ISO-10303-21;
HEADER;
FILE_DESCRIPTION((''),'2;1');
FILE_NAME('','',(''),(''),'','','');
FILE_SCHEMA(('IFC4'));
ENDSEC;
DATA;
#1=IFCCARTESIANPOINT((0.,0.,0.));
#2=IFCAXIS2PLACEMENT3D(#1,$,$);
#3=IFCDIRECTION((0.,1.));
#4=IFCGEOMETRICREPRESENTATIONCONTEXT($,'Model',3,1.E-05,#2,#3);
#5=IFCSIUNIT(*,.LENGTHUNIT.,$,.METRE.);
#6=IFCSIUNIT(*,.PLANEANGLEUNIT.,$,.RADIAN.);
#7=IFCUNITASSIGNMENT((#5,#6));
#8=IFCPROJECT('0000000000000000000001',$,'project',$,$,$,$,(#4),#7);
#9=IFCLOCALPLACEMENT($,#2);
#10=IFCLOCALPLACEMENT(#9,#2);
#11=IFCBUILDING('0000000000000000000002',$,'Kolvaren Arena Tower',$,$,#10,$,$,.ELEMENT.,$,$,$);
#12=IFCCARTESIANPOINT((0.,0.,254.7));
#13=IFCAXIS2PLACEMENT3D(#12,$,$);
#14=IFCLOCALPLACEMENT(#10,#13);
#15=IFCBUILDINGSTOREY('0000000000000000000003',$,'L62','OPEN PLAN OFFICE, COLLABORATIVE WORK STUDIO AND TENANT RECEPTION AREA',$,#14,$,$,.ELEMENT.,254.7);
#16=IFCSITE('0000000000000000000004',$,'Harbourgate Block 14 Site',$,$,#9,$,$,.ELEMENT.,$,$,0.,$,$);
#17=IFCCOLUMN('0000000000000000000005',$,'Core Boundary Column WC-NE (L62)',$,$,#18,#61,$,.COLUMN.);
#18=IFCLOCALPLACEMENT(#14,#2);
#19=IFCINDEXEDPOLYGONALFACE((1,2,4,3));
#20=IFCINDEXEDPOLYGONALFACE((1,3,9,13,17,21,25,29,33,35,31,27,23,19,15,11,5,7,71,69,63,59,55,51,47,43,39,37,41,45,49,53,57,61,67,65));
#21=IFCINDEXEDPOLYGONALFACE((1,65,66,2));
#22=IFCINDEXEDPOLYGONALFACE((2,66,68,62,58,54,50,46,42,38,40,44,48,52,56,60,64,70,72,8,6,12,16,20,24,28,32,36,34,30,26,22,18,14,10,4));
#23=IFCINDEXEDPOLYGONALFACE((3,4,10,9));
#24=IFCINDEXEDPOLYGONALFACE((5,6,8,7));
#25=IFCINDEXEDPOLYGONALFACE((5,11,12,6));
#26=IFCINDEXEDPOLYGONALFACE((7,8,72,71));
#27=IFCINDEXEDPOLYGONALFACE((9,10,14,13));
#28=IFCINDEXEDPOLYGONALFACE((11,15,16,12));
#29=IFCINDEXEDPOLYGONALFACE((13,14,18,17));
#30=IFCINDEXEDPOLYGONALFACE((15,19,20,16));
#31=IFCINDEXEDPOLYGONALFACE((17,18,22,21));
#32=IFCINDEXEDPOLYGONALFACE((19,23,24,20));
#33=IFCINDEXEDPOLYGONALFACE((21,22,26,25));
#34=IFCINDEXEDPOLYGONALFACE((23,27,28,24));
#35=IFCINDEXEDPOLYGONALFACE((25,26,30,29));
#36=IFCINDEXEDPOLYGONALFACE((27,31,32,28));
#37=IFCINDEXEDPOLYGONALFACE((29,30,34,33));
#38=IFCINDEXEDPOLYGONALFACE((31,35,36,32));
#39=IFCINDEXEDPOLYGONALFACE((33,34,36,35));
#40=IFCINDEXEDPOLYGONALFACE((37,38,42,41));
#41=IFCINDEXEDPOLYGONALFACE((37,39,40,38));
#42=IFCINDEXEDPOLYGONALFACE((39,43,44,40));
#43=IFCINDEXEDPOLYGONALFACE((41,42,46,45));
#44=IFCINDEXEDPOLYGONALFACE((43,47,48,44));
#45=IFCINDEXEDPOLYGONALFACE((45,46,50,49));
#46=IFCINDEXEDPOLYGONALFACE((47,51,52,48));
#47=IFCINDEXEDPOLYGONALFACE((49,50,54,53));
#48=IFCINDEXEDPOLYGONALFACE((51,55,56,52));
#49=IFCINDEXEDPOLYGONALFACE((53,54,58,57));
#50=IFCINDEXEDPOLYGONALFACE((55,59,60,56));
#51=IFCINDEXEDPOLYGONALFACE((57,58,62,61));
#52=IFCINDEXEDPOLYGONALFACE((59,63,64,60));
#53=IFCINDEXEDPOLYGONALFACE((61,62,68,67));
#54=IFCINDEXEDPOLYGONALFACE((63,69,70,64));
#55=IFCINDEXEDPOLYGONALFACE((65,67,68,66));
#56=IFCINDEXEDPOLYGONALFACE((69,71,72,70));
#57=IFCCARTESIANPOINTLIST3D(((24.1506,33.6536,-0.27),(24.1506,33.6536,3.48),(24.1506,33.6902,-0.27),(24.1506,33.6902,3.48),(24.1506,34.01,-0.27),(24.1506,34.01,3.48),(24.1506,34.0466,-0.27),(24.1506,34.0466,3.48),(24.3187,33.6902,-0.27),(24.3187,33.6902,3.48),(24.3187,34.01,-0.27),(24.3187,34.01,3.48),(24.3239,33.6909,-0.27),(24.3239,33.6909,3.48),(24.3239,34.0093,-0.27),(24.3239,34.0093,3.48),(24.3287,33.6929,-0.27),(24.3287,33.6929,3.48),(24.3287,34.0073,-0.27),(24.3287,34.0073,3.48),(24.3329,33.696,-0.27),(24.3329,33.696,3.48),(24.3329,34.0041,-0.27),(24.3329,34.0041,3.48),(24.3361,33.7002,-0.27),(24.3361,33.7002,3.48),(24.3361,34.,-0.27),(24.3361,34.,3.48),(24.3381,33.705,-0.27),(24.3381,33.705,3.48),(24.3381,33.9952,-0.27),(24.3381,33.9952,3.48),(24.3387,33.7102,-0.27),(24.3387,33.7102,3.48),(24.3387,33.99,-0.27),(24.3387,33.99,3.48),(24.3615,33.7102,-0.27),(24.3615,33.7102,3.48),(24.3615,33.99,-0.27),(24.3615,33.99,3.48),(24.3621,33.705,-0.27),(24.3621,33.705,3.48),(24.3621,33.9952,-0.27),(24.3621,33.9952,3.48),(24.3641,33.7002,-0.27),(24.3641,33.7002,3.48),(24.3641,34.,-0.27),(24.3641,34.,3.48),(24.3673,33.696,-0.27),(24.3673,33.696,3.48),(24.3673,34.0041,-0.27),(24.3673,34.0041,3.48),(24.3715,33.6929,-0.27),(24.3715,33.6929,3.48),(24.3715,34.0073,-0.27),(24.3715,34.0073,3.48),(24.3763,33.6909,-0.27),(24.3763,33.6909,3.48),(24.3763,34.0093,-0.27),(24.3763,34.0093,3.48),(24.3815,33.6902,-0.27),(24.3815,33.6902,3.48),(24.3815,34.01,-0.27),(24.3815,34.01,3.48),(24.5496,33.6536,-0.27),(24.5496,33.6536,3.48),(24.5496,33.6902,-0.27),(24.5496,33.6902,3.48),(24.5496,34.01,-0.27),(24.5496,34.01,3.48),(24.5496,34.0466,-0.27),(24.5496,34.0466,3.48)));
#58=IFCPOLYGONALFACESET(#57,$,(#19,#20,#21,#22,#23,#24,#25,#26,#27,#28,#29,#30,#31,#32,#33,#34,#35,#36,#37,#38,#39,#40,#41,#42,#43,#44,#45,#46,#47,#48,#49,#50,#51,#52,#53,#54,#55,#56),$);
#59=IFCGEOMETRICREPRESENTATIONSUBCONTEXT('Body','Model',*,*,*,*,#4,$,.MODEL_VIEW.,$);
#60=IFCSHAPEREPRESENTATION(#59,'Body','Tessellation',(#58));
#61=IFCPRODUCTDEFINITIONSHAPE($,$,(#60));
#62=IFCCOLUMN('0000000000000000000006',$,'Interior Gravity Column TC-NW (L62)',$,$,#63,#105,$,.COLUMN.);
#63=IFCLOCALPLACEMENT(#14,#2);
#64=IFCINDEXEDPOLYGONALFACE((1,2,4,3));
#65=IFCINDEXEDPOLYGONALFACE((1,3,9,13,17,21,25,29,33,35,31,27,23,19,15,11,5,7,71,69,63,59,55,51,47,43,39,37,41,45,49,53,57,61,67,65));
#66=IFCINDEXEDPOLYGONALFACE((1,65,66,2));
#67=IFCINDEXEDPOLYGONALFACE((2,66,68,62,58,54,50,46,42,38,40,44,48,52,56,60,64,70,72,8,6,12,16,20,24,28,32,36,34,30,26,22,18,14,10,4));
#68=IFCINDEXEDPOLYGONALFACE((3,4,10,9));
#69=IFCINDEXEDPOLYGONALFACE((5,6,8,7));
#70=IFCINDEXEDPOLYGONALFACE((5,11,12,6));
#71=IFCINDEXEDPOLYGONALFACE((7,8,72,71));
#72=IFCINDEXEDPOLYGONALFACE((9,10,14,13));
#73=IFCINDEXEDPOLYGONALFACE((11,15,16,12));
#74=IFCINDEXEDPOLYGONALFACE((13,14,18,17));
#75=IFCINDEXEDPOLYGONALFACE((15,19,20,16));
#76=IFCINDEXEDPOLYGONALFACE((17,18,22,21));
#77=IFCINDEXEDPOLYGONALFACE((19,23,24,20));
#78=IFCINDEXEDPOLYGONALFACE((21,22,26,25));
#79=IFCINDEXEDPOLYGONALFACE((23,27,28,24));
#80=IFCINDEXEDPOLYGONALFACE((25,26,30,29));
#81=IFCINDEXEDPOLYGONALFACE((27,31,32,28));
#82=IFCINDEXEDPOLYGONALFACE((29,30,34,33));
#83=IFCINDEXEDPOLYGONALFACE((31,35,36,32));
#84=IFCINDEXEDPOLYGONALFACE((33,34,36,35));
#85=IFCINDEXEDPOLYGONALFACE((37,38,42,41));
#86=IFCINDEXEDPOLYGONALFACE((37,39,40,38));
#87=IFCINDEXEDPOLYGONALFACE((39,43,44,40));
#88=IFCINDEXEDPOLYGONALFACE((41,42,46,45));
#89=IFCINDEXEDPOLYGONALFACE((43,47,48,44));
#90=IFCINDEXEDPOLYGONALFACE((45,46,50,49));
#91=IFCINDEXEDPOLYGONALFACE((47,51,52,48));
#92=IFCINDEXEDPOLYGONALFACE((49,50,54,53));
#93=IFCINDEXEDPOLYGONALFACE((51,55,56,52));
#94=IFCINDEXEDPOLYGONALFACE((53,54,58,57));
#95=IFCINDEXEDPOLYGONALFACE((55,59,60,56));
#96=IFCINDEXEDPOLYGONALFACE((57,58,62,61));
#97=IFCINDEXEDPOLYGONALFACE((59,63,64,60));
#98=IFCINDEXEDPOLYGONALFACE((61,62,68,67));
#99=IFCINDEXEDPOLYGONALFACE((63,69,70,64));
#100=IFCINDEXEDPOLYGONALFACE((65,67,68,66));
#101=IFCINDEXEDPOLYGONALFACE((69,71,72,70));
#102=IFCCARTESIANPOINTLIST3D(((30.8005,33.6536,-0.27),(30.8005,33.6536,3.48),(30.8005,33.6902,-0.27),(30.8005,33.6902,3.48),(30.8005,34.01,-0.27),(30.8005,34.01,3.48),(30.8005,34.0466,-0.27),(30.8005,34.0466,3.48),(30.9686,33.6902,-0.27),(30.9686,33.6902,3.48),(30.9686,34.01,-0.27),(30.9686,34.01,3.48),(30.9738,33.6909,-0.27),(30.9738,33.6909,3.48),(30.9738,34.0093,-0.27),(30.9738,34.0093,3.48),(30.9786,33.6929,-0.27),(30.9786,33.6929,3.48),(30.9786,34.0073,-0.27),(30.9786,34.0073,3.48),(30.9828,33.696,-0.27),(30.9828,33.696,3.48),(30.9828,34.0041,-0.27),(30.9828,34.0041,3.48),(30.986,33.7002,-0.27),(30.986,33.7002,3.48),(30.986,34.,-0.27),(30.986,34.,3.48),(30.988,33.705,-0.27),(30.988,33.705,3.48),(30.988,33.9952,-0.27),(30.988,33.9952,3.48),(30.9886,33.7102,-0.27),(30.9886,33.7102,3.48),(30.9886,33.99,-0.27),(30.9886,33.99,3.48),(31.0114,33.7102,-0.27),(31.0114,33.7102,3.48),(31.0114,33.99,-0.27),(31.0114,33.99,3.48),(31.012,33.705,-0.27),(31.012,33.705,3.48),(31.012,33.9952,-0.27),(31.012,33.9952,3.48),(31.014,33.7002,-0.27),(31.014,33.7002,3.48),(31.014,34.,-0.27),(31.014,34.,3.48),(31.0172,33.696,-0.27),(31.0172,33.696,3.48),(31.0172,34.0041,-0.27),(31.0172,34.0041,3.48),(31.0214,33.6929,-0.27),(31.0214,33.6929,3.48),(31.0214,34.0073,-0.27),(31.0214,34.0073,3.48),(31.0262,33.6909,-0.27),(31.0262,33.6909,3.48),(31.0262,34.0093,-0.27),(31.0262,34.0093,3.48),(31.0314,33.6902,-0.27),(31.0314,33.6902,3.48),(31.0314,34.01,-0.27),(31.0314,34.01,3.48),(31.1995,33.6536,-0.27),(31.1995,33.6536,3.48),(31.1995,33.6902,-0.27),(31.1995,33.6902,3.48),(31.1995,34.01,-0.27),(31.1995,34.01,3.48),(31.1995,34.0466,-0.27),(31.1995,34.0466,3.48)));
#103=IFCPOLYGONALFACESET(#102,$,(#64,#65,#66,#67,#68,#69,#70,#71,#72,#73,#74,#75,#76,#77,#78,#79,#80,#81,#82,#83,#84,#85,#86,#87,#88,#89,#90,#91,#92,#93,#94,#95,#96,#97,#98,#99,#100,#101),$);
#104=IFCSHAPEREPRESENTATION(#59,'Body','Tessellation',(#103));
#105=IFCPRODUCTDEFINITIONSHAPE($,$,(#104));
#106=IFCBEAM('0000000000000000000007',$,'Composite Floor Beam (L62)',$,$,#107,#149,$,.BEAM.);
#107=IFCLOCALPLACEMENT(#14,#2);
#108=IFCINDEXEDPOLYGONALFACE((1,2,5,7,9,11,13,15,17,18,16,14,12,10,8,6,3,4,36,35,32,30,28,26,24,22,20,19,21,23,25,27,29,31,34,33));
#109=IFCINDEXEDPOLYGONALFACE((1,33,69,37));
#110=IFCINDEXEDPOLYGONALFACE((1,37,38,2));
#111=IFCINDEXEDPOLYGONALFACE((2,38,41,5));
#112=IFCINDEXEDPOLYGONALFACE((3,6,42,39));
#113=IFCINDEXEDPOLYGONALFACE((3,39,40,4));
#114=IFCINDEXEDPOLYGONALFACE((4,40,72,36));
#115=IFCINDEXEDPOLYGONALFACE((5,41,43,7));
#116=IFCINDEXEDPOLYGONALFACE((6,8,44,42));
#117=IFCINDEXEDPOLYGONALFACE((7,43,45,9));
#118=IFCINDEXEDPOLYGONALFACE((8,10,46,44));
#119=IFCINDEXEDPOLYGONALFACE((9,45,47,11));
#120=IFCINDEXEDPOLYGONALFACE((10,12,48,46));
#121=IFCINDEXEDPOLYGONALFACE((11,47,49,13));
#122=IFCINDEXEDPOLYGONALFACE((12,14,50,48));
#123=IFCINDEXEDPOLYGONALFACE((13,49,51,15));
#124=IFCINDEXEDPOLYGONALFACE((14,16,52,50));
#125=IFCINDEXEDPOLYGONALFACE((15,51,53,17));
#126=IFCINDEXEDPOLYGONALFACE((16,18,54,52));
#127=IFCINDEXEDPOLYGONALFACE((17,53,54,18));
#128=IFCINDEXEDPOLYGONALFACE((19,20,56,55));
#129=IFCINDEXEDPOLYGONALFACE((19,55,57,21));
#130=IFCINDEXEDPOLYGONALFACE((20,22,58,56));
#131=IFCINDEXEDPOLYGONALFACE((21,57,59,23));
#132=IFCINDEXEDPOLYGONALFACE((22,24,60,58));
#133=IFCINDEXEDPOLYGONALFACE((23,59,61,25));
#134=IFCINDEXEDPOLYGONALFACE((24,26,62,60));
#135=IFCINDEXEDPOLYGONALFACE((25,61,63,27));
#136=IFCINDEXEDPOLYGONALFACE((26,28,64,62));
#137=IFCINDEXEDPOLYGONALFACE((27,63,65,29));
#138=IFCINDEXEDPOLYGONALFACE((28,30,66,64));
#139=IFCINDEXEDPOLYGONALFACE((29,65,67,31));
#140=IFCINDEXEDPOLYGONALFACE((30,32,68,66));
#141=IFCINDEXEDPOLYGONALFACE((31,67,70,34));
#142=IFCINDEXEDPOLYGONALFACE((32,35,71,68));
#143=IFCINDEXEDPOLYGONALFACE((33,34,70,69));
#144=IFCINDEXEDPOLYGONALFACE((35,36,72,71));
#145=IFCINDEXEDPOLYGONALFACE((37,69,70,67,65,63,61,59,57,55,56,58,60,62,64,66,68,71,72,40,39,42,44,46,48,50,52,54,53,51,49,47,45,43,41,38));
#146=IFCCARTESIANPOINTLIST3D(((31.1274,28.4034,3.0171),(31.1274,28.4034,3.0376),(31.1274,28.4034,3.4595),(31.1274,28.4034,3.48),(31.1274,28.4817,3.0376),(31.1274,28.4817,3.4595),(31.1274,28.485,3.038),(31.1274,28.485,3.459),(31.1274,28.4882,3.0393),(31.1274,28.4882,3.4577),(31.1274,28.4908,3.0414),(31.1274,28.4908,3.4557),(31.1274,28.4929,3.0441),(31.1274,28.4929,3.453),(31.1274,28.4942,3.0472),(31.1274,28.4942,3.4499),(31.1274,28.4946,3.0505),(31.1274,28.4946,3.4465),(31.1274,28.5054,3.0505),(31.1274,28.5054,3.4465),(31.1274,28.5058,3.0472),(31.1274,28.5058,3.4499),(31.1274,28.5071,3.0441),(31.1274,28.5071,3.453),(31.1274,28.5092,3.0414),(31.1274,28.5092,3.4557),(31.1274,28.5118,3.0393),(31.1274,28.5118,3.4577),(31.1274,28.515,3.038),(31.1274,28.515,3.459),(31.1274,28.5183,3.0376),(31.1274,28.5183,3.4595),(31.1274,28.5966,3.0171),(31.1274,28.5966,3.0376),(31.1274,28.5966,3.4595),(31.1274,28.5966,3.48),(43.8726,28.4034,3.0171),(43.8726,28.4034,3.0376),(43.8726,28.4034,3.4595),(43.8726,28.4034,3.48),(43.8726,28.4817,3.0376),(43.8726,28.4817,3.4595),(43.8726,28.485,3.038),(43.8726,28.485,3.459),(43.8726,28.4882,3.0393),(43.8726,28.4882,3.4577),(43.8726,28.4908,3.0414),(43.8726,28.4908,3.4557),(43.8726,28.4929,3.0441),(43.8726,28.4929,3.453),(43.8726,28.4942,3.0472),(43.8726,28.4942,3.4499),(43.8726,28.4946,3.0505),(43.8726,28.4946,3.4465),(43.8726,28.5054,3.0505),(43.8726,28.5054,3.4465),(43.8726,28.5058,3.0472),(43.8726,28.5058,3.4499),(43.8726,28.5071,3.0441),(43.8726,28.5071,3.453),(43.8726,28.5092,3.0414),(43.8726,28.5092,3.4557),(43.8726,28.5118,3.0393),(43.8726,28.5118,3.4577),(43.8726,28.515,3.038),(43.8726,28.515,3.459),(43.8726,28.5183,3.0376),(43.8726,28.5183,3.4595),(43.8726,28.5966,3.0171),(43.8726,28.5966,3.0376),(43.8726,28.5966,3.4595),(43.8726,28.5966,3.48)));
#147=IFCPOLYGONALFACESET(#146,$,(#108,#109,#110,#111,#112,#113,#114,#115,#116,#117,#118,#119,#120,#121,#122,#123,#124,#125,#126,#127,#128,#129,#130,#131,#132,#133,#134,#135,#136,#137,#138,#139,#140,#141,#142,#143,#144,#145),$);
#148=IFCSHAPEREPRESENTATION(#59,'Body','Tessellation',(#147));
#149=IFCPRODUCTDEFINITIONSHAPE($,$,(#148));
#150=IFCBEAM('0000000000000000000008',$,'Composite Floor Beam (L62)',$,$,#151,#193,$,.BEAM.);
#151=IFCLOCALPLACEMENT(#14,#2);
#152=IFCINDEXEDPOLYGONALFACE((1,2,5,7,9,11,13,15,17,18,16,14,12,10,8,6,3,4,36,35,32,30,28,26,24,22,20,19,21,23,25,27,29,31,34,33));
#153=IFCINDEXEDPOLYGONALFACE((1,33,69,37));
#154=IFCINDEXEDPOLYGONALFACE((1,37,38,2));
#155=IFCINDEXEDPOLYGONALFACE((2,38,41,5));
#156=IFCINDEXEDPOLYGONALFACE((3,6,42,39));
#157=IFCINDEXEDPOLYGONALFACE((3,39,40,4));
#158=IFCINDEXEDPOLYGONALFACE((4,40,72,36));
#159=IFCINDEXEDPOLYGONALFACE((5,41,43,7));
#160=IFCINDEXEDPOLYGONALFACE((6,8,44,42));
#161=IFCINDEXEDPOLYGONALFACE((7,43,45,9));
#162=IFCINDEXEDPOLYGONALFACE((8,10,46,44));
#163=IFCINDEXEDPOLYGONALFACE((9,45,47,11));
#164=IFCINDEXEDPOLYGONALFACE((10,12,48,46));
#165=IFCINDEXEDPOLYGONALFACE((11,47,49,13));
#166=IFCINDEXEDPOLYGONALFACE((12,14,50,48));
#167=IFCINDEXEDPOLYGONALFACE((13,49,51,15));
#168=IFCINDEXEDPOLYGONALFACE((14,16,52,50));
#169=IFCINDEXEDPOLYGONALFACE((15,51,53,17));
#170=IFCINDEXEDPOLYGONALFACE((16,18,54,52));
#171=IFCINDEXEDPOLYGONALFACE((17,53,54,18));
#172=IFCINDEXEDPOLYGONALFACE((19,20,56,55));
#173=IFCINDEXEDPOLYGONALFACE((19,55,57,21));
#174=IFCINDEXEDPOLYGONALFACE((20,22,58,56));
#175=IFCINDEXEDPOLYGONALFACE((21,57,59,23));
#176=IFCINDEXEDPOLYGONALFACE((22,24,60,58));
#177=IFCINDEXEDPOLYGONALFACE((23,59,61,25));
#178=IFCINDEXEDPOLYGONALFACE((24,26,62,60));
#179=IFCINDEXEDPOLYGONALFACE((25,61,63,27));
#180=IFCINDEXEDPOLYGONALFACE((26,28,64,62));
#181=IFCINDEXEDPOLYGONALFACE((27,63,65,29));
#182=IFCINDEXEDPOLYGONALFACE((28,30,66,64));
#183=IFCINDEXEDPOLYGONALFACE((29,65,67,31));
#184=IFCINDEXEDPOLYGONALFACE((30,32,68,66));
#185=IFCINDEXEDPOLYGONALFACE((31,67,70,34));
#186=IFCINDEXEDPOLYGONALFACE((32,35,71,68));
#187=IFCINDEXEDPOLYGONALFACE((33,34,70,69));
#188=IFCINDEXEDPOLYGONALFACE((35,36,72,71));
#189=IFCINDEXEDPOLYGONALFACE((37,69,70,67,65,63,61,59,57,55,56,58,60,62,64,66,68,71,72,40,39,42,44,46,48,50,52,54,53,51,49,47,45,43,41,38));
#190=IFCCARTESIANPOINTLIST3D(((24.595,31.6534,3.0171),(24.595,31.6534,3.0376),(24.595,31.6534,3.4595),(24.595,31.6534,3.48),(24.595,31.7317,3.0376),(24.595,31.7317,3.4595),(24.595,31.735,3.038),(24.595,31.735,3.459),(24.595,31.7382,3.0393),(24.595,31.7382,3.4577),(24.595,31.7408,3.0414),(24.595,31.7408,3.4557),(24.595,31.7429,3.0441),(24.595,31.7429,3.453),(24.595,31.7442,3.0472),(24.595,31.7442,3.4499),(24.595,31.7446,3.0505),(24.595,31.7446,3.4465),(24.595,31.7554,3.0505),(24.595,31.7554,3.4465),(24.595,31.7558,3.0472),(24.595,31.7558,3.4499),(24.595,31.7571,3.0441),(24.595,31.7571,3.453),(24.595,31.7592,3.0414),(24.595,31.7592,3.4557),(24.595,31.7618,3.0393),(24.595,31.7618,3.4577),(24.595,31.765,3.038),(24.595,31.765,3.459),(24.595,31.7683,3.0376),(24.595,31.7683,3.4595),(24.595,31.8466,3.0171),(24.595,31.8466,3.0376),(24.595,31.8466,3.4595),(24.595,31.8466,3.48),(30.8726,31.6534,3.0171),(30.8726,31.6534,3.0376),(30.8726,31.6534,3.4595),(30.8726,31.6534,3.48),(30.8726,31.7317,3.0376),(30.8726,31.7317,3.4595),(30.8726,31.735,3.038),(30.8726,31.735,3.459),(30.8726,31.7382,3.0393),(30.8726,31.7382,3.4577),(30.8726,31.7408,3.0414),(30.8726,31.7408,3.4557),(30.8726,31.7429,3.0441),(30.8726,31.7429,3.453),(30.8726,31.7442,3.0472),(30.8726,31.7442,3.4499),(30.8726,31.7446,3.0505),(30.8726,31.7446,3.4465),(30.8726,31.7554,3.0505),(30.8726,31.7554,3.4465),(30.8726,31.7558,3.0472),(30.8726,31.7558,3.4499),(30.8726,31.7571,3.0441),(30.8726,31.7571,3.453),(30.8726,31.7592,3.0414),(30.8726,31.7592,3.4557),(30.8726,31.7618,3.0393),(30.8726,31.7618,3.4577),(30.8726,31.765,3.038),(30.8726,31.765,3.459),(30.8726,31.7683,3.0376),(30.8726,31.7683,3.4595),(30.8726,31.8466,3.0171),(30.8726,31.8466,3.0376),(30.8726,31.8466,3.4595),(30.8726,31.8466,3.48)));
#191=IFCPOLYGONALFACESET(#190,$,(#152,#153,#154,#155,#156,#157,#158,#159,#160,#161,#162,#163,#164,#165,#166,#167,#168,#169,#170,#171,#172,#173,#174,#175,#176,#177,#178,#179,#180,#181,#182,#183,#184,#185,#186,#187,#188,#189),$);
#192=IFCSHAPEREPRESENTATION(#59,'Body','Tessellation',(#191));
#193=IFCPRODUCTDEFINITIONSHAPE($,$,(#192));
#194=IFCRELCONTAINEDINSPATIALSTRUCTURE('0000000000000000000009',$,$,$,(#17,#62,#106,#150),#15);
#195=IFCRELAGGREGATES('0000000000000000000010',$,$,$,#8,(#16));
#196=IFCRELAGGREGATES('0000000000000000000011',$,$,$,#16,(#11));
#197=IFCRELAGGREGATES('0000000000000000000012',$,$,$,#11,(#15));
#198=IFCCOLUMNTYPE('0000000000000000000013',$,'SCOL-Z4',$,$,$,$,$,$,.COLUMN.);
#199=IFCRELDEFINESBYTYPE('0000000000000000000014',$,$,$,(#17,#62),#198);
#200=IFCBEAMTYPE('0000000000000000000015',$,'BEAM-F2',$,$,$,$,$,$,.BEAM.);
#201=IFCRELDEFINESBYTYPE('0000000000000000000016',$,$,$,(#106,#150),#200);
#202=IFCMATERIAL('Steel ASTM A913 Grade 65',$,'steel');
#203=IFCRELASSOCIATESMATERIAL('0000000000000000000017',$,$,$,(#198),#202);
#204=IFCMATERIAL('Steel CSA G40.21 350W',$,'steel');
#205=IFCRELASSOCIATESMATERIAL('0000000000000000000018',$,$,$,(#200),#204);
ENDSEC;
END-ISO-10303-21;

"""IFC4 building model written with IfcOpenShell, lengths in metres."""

from ifc_helpers import new_model, si_unit, direction, frame, origin, origin_2d, place, context, subcontext, project, spatial, i_section, extrude, material, material_profile, profile_set, type_object, element, save


model = new_model("IFC4")

# Units and contexts
model_context = context("Model", 3, precision=1e-05, world=origin(), true_north=direction((0.0, 1.0)))
body_context = subcontext(model_context, "Body", "Model", "MODEL_VIEW")
ifc_project = project(units=[si_unit("LENGTHUNIT", "METRE"), si_unit("PLANEANGLEUNIT", "RADIAN")], contexts=[model_context])

# Site, building, storey
site_placement = place(None, origin())
site = spatial("IfcSite", under=ifc_project, at=site_placement, Name="Harbourgate Block 14 Site", CompositionType="ELEMENT", RefElevation=0.0)
building_placement = place(site_placement, origin())
building = spatial("IfcBuilding", under=site, at=building_placement, Name="Kolvaren Arena Tower", CompositionType="ELEMENT")
storey_placement = place(building_placement, frame((0.0, 0.0, 254.7)))
storey = spatial("IfcBuildingStorey", under=building, at=storey_placement, Name="L62", Description="OPEN PLAN OFFICE, COLLABORATIVE WORK STUDIO AND TENANT RECEPTION AREA", CompositionType="ELEMENT", Elevation=254.7)

# Columns
ifc_material_1 = material(Name="Steel ASTM A913 Grade 65", Category="steel")
ifc_material_profile_1 = material_profile(ifc_material_1, i_section(OverallWidth=0.3989, OverallDepth=0.3931, WebThickness=0.0227, FlangeThickness=0.0366, FilletRadius=0.02, at=origin_2d()), Name="W360x287")
ifc_profile_set_1 = profile_set([ifc_material_profile_1], Name="Steel ASTM A913 Grade 65")
column_type = type_object("IfcColumnType", Name="SCOL-Z4", PredefinedType="COLUMN", material=ifc_profile_set_1)
for number, where, z_axis, x_axis, name in (
    (1, (24.3501, 33.8501, -0.27), (0.0, 0.0, 1.0), (1.0, 0.0, 0.0), "Core Boundary Column WC-NE (L62)"),
    (2, (31.0, 33.8501, -0.27), (0.0, 0.0, 1.0), (1.0, 0.0, 0.0), "Interior Gravity Column TC-NW (L62)"),
):
    element("IfcColumn", number, at=place(storey_placement, frame(where, z_axis=z_axis, x_axis=x_axis)), inside=storey, type_object=column_type, Name=name, PredefinedType="COLUMN", context=body_context, shape_type="SweptSolid", body=[
        extrude(i_section(OverallWidth=0.3989, OverallDepth=0.3931, WebThickness=0.0227, FlangeThickness=0.0366, FilletRadius=0.02, at=origin_2d()), origin(), (0.0, 0.0, 1.0), 3.75),
    ])

# Beams
ifc_material_2 = material(Name="Steel CSA G40.21 350W", Category="steel")
ifc_material_profile_2 = material_profile(ifc_material_2, i_section(OverallWidth=0.1931, OverallDepth=0.4629, WebThickness=0.0107, FlangeThickness=0.0205, FilletRadius=0.0129, at=origin_2d()), Name="W460x113")
ifc_profile_set_2 = profile_set([ifc_material_profile_2], Name="Steel CSA G40.21 350W")
beam_type_1 = type_object("IfcBeamType", Name="BEAM-F2", PredefinedType="BEAM", material=ifc_profile_set_2)
beam_1_placement = place(storey_placement, frame((31.1274, 28.5, 3.2485), z_axis=(1.0, 0.0, 0.0), x_axis=(0.0, 1.0, 0.0)))
element("IfcBeam", 3, at=beam_1_placement, inside=storey, type_object=beam_type_1, Name="Composite Floor Beam (L62)", PredefinedType="BEAM", context=body_context, shape_type="SweptSolid", body=[
    extrude(i_section(OverallWidth=0.1931, OverallDepth=0.4629, WebThickness=0.0107, FlangeThickness=0.0205, FilletRadius=0.0129, at=origin_2d()), origin(), (0.0, 0.0, 1.0), 12.7451),
])
beam_2_placement = place(storey_placement, frame((24.595, 31.75, 3.2485), z_axis=(1.0, 0.0, 0.0), x_axis=(0.0, 1.0, 0.0)))
element("IfcBeam", 4, at=beam_2_placement, inside=storey, type_object=beam_type_1, Name="Composite Floor Beam (L62)", PredefinedType="BEAM", context=body_context, shape_type="SweptSolid", body=[
    extrude(i_section(OverallWidth=0.1931, OverallDepth=0.4629, WebThickness=0.0107, FlangeThickness=0.0205, FilletRadius=0.0129, at=origin_2d()), origin(), (0.0, 0.0, 1.0), 6.2776),
])

save(model, "model.ifc")
